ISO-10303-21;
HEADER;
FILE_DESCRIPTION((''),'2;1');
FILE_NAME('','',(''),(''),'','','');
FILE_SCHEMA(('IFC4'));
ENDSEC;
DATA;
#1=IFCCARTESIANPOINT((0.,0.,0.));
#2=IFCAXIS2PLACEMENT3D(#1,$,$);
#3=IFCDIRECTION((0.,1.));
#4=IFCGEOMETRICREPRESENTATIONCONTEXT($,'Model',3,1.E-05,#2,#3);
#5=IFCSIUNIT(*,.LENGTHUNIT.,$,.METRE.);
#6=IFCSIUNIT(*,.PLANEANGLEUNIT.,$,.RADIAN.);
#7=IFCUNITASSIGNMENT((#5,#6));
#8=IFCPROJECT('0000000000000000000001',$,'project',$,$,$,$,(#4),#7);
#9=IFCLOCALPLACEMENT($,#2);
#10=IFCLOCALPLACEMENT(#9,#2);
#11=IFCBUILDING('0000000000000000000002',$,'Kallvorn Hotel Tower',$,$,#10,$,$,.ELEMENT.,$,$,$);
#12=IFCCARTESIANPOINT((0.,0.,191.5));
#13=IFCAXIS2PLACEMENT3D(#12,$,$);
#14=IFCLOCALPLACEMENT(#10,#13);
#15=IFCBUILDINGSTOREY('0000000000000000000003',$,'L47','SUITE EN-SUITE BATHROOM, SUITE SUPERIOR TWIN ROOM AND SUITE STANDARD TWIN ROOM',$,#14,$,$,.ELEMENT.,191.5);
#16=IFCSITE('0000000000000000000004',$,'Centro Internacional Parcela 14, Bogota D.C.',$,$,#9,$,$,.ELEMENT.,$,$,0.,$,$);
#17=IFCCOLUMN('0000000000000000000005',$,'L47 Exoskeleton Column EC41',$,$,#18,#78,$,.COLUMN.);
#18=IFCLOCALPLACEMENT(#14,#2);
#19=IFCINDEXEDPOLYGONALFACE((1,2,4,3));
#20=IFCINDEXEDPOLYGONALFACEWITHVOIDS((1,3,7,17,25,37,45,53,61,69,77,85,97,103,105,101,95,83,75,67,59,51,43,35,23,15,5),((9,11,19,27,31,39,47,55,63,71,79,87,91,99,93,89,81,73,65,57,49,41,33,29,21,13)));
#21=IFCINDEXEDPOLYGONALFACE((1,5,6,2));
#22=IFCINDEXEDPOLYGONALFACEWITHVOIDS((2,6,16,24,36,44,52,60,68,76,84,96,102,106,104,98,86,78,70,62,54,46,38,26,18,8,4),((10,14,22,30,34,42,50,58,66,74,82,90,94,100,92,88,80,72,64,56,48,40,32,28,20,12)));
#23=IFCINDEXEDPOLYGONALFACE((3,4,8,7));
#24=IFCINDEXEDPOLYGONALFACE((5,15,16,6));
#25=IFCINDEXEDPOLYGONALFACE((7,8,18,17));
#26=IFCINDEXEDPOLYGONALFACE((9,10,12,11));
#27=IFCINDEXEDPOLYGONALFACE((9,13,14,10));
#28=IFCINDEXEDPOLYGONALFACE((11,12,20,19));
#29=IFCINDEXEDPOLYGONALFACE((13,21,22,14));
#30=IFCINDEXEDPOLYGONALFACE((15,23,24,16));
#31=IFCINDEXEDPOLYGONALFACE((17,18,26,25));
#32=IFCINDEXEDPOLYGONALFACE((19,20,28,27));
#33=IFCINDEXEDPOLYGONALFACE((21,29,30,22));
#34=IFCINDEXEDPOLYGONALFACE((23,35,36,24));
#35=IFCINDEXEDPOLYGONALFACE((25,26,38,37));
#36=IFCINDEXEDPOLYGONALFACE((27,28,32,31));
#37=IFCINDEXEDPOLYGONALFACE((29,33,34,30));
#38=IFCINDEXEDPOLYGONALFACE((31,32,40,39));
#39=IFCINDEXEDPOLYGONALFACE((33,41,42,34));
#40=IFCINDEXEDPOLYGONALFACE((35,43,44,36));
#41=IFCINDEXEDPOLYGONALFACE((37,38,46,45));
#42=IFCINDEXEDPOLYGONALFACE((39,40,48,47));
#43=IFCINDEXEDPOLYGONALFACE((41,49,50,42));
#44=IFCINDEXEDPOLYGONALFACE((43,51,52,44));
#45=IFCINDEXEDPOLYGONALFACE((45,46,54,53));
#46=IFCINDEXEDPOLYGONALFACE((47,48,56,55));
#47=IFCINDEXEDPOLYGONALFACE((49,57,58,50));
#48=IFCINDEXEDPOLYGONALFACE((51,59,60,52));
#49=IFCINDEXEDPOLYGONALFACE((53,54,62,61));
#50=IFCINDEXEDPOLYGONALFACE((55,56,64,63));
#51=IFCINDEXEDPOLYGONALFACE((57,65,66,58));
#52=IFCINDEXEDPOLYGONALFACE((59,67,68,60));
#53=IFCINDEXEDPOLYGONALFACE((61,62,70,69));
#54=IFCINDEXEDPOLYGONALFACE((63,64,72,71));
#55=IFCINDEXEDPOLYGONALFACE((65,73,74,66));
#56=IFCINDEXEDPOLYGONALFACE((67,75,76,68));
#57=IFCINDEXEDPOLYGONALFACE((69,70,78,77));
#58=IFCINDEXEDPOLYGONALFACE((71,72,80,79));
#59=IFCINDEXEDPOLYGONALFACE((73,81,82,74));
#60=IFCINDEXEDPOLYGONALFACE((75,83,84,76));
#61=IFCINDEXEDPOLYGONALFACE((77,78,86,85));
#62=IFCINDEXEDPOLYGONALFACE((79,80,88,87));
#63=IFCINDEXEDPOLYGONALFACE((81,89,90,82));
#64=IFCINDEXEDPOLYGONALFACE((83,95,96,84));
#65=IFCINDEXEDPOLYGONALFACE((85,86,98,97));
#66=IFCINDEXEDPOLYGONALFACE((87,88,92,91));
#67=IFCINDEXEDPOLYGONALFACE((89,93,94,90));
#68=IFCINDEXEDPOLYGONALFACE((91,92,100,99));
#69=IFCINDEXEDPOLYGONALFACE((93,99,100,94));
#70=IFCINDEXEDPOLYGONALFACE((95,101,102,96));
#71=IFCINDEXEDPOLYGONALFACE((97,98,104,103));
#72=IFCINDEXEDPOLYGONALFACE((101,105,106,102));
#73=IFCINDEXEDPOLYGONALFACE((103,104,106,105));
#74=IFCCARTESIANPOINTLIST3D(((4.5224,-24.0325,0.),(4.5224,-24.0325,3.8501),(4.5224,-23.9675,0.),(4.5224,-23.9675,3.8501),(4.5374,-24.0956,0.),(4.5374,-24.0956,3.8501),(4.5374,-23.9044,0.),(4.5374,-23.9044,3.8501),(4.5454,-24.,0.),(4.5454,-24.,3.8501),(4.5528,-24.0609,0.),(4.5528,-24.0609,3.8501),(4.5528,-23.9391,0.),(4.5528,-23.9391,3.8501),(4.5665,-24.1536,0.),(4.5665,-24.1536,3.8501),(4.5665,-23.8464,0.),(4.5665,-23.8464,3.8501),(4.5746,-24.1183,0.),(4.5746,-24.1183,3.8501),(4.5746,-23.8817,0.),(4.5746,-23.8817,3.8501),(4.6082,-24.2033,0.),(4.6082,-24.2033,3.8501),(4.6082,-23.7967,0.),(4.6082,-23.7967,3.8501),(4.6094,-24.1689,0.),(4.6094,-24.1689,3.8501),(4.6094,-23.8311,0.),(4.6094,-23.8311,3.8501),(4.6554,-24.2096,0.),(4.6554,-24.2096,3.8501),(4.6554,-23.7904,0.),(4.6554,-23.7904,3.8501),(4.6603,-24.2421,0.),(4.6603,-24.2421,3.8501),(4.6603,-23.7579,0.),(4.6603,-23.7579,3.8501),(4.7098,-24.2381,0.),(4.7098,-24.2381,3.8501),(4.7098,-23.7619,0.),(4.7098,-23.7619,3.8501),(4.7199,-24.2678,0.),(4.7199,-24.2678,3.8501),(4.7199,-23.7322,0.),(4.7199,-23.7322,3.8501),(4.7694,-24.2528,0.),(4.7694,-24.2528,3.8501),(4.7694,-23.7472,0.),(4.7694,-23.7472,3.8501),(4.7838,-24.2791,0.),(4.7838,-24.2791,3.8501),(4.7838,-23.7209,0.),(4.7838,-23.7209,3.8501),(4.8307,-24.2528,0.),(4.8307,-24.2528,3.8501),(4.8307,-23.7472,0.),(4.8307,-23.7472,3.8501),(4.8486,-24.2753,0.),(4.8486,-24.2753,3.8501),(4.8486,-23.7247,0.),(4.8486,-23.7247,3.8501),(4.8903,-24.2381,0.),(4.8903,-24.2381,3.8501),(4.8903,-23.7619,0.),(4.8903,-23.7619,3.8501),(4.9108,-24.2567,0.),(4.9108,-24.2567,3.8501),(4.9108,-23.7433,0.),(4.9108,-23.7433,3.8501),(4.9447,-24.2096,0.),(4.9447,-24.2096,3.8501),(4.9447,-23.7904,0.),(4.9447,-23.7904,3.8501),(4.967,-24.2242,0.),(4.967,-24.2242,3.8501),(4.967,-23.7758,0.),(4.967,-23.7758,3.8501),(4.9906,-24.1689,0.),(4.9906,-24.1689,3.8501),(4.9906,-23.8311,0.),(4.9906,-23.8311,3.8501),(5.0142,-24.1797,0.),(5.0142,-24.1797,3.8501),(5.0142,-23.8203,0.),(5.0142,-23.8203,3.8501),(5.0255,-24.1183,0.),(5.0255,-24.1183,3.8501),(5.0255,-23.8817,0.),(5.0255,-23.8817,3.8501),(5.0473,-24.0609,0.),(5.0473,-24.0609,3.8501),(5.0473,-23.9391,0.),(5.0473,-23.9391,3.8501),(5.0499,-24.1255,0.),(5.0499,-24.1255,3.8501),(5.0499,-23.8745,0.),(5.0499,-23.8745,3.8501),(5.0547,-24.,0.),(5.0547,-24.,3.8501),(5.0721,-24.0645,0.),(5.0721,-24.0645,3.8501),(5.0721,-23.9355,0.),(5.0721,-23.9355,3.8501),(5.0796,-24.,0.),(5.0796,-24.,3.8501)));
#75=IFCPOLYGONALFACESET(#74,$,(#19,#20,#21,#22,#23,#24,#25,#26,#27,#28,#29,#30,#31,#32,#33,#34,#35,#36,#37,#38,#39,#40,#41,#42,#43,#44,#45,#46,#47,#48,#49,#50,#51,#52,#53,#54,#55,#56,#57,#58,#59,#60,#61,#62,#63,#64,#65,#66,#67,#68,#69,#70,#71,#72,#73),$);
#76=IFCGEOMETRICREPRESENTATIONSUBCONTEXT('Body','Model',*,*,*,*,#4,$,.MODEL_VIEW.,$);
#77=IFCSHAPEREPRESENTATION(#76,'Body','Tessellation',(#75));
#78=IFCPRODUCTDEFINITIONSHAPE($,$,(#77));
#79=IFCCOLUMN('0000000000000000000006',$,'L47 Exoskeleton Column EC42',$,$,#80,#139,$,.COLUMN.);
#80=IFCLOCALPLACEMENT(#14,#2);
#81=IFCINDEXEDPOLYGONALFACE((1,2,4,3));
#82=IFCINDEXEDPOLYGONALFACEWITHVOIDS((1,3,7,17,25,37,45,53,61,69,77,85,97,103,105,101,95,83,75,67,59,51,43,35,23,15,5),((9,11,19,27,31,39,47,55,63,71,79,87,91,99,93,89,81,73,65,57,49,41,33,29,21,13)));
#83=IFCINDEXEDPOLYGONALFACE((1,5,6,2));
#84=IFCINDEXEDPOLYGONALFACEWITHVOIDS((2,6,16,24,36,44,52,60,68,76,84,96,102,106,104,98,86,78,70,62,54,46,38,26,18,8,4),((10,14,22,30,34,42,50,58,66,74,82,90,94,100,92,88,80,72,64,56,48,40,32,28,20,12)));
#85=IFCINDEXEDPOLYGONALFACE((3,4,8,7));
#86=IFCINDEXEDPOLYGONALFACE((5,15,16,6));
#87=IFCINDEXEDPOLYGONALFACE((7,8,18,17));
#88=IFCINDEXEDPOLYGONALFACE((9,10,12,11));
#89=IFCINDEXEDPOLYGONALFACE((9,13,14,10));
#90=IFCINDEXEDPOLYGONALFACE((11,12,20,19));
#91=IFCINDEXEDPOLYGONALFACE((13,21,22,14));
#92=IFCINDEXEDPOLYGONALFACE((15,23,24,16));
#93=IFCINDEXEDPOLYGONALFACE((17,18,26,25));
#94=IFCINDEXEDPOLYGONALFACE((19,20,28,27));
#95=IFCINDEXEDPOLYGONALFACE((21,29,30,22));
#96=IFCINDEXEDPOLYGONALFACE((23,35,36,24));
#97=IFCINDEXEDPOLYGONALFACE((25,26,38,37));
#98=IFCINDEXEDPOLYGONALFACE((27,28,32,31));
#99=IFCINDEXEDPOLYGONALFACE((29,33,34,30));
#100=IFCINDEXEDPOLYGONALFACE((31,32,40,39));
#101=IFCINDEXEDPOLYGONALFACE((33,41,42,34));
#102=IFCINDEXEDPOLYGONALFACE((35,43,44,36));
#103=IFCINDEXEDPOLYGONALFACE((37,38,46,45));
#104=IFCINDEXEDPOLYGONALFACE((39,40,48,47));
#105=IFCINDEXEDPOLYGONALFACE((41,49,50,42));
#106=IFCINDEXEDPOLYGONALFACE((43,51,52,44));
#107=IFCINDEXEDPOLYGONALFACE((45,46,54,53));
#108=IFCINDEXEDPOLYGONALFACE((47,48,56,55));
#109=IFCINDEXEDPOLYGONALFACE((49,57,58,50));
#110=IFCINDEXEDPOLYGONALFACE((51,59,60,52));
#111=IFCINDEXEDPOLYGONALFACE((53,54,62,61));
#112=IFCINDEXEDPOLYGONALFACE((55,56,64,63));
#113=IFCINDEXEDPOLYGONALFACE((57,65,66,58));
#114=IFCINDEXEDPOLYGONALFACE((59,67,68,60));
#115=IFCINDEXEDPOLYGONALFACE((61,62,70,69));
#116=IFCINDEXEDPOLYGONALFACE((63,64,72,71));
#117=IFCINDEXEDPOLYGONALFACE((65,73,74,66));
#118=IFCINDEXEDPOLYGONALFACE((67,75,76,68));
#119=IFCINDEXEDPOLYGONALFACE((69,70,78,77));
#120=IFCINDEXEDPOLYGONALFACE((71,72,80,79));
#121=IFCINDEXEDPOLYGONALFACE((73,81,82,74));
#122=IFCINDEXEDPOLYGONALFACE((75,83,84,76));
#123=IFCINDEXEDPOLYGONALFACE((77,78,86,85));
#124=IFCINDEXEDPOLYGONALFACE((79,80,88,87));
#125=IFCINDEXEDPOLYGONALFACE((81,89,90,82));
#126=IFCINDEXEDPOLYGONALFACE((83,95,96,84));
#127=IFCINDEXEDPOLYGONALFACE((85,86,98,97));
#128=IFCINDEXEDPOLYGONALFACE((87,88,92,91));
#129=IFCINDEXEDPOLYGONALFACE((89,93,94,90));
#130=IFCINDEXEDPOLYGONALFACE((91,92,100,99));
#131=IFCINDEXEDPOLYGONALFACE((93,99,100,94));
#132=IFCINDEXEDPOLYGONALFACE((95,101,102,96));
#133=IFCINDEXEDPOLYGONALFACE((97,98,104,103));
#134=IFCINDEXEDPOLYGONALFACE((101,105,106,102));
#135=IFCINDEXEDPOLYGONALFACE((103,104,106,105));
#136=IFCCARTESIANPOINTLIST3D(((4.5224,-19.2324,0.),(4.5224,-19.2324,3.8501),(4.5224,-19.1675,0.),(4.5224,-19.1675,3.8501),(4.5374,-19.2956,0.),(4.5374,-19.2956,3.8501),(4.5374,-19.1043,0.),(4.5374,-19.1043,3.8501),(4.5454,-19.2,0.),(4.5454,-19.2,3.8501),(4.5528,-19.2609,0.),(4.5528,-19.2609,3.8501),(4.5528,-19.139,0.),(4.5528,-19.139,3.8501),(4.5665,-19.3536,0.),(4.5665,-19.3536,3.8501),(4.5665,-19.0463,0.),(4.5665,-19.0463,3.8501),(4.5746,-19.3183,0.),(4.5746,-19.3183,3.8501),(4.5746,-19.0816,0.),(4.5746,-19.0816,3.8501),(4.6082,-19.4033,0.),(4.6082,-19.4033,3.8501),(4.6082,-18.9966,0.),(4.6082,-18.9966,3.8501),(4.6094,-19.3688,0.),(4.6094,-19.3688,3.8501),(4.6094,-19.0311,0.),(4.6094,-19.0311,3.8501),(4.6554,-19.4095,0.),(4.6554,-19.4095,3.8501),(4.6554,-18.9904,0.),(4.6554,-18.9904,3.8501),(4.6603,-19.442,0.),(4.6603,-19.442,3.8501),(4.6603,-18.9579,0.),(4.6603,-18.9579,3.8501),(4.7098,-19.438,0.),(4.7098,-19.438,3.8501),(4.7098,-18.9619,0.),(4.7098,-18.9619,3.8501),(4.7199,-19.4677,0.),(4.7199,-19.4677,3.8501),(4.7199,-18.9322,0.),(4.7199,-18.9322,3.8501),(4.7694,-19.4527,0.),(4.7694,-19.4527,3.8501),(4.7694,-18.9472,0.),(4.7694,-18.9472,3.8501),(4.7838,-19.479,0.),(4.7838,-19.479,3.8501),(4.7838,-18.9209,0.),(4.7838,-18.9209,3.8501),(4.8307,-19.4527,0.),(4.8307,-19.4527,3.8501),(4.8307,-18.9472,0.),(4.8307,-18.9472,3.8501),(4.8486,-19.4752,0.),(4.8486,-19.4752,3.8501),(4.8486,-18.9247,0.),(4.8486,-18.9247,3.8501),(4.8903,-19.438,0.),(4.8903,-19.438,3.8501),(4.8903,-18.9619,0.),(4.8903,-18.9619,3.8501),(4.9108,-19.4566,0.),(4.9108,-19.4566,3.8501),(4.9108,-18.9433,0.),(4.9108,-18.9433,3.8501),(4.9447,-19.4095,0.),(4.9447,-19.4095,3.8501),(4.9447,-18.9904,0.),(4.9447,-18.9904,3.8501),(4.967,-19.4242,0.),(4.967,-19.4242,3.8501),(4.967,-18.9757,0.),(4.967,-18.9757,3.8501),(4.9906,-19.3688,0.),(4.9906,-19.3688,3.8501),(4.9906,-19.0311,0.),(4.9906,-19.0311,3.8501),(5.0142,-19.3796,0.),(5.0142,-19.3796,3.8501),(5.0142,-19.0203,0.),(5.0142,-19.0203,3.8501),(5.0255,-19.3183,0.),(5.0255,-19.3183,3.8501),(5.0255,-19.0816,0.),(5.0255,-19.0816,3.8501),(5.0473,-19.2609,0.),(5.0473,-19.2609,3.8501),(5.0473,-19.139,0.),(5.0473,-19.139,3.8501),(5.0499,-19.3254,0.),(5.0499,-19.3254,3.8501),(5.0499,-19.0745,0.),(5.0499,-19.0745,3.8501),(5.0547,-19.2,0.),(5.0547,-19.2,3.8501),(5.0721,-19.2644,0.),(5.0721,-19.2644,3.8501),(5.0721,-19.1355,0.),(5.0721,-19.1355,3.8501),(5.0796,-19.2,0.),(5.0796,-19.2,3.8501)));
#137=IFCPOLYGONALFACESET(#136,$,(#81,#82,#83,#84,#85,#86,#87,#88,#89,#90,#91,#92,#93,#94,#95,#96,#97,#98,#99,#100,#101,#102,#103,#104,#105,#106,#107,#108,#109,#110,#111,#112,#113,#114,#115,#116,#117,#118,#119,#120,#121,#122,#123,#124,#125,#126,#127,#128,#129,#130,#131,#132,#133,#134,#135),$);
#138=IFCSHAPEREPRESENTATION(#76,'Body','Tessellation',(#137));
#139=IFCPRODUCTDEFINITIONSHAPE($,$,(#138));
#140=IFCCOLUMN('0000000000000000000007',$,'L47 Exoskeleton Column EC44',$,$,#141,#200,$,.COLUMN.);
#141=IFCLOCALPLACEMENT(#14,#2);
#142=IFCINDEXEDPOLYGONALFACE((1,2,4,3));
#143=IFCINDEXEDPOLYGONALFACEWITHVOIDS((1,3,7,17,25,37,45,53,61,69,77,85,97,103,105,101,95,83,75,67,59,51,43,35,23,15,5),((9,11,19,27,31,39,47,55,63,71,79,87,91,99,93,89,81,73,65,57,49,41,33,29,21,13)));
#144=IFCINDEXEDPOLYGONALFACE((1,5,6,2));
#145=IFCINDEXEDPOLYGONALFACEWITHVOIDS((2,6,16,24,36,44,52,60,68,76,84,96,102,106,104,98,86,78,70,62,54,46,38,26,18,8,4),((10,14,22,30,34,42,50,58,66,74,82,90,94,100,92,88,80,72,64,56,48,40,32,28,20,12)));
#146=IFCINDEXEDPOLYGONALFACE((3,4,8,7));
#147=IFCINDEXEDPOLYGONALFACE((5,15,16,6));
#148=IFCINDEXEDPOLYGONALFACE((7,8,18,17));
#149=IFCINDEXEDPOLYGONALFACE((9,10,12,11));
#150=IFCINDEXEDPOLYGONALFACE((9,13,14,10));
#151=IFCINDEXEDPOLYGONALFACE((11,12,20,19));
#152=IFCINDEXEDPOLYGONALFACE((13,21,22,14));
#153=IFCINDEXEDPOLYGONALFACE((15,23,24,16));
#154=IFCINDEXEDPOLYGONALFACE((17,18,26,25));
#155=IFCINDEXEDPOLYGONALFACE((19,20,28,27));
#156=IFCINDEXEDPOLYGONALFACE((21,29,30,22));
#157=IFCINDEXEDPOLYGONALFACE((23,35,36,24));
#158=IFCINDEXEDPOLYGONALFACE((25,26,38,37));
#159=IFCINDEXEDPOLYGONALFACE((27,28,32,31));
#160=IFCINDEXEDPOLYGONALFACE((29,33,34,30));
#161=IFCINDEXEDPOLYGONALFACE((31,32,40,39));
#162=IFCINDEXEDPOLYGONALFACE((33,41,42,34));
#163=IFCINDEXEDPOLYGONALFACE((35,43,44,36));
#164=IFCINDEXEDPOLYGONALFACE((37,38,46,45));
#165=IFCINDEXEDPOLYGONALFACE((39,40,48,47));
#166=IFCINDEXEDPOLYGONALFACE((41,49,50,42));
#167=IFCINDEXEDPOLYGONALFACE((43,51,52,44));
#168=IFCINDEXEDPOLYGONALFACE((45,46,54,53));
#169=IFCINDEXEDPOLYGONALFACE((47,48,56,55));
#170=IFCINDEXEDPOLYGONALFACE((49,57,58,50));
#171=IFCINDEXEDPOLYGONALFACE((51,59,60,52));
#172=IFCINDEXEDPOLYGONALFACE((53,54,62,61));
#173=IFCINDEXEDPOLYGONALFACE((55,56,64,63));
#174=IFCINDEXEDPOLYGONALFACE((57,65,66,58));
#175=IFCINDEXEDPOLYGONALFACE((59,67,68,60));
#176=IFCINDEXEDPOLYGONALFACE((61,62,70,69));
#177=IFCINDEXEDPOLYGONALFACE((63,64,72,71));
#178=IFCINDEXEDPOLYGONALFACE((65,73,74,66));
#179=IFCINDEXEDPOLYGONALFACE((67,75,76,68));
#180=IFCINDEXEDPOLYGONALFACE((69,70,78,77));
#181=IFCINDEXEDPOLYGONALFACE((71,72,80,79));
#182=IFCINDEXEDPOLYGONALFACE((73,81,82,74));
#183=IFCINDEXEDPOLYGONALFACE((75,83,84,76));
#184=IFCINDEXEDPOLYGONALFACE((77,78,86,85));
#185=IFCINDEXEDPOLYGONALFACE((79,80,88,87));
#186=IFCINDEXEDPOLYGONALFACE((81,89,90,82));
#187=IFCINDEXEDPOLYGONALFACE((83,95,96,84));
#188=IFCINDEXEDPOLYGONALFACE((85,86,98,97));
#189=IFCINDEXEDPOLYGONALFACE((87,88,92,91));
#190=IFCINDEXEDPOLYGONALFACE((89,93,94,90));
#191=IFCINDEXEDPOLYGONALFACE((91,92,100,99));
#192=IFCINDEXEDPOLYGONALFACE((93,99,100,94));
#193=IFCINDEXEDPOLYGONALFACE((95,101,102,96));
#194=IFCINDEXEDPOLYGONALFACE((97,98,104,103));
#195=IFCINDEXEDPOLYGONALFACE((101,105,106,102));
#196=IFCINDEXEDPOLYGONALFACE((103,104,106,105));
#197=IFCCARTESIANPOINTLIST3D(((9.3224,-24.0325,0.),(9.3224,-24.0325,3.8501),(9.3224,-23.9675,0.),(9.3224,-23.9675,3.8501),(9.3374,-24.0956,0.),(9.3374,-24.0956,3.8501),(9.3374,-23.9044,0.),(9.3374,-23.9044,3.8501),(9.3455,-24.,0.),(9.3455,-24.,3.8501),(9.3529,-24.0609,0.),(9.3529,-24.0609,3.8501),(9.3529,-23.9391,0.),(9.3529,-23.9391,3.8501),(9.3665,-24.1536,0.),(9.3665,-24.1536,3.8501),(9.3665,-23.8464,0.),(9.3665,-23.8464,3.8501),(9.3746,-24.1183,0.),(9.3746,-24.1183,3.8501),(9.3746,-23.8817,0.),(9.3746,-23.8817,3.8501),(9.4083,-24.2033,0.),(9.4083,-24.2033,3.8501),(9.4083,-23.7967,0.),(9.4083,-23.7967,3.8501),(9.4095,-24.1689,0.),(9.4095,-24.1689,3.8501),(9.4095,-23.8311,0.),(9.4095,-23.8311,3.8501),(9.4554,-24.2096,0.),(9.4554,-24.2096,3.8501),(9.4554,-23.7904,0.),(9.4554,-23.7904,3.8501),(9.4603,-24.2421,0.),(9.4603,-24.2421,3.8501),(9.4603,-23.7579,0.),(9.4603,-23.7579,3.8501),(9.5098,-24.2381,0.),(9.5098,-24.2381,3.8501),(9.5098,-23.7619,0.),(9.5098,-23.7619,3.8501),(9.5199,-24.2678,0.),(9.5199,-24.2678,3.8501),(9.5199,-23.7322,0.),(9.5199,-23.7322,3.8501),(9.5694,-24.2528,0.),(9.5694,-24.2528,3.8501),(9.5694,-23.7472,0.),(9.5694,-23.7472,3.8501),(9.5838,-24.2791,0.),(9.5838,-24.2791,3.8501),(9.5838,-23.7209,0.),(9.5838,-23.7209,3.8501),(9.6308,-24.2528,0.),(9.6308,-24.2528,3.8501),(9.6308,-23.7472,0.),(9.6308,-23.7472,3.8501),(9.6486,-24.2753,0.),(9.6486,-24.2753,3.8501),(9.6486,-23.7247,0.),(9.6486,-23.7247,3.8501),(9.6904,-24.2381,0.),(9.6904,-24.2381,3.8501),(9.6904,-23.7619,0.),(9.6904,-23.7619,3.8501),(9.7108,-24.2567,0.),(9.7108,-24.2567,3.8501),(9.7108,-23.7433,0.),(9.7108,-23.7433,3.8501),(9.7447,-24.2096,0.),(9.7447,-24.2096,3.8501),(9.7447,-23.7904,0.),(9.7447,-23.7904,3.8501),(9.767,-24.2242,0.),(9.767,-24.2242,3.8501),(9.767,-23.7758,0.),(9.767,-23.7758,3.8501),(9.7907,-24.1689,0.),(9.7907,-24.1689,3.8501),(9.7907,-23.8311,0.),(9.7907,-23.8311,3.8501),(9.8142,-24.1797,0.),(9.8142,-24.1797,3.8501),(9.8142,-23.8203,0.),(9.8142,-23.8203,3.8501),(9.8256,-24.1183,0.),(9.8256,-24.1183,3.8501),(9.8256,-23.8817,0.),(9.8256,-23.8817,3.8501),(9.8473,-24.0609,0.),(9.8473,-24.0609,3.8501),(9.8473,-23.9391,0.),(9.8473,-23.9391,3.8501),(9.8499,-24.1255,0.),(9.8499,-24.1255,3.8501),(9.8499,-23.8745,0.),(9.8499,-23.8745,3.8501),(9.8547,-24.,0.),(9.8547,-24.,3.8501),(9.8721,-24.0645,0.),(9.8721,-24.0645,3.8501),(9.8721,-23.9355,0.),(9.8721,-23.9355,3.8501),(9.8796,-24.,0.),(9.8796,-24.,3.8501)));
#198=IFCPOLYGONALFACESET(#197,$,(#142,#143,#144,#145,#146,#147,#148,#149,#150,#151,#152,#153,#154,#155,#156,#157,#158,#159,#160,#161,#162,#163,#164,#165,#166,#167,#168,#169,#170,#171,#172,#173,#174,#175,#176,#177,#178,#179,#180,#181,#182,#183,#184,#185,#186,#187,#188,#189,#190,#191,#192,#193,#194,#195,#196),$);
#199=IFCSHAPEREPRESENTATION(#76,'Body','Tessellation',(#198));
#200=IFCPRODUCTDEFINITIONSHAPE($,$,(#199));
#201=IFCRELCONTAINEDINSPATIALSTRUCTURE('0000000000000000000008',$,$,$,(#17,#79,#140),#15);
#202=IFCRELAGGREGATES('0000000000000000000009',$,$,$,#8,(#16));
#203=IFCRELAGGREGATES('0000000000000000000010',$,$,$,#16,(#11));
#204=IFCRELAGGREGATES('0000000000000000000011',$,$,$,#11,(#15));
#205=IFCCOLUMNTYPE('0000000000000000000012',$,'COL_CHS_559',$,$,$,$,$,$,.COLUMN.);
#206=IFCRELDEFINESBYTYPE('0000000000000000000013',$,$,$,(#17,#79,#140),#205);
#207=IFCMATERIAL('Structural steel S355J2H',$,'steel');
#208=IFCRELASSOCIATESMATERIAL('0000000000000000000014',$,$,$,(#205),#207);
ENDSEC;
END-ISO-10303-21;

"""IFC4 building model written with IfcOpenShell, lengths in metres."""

from ifc_helpers import new_model, si_unit, direction, frame, origin, origin_2d, place, context, subcontext, project, spatial, hollow_circle, extrude, material, material_profile, profile_set, type_object, element, save


model = new_model("IFC4")

# Units and contexts
model_context = context("Model", 3, precision=1e-05, world=origin(), true_north=direction((0.0, 1.0)))
body_context = subcontext(model_context, "Body", "Model", "MODEL_VIEW")
ifc_project = project(units=[si_unit("LENGTHUNIT", "METRE"), si_unit("PLANEANGLEUNIT", "RADIAN")], contexts=[model_context])

# Site, building, storey
site_placement = place(None, origin())
site = spatial("IfcSite", under=ifc_project, at=site_placement, Name="Centro Internacional Parcela 14, Bogota D.C.", CompositionType="ELEMENT", RefElevation=0.0)
building_placement = place(site_placement, origin())
building = spatial("IfcBuilding", under=site, at=building_placement, Name="Kallvorn Hotel Tower", CompositionType="ELEMENT")
storey_placement = place(building_placement, frame((0.0, 0.0, 191.5)))
storey = spatial("IfcBuildingStorey", under=building, at=storey_placement, Name="L47", Description="SUITE EN-SUITE BATHROOM, SUITE SUPERIOR TWIN ROOM AND SUITE STANDARD TWIN ROOM", CompositionType="ELEMENT", Elevation=191.5)

# Columns
ifc_material_1 = material(Name="Structural steel S355J2H", Category="steel")
ifc_material_profile_1 = material_profile(ifc_material_1, hollow_circle(Radius=0.2795, WallThickness=0.0249, at=origin_2d()), Name="CHS 559x25")
ifc_profile_set_1 = profile_set([ifc_material_profile_1], Name="Structural steel S355J2H")
column_type_1 = type_object("IfcColumnType", Name="COL_CHS_559", PredefinedType="COLUMN", material=ifc_profile_set_1)
for number, where, z_axis, x_axis, name in (
    (1, (4.8, -24.0, 0.0), (0.0, 0.0, 1.0), (1.0, 0.0, 0.0), "L47 Exoskeleton Column EC41"),
    (2, (4.8, -19.2, 0.0), (0.0, 0.0, 1.0), (1.0, 0.0, 0.0), "L47 Exoskeleton Column EC42"),
    (3, (9.6001, -24.0, 0.0), (0.0, 0.0, 1.0), (1.0, 0.0, 0.0), "L47 Exoskeleton Column EC44"),
):
    element("IfcColumn", number, at=place(storey_placement, frame(where, z_axis=z_axis, x_axis=x_axis)), inside=storey, type_object=column_type_1, Name=name, PredefinedType="COLUMN", context=body_context, shape_type="SweptSolid", body=[
        extrude(hollow_circle(Radius=0.2795, WallThickness=0.0249, at=origin_2d()), origin(), (0.0, 0.0, 1.0), 3.8501),
    ])

save(model, "model.ifc")
